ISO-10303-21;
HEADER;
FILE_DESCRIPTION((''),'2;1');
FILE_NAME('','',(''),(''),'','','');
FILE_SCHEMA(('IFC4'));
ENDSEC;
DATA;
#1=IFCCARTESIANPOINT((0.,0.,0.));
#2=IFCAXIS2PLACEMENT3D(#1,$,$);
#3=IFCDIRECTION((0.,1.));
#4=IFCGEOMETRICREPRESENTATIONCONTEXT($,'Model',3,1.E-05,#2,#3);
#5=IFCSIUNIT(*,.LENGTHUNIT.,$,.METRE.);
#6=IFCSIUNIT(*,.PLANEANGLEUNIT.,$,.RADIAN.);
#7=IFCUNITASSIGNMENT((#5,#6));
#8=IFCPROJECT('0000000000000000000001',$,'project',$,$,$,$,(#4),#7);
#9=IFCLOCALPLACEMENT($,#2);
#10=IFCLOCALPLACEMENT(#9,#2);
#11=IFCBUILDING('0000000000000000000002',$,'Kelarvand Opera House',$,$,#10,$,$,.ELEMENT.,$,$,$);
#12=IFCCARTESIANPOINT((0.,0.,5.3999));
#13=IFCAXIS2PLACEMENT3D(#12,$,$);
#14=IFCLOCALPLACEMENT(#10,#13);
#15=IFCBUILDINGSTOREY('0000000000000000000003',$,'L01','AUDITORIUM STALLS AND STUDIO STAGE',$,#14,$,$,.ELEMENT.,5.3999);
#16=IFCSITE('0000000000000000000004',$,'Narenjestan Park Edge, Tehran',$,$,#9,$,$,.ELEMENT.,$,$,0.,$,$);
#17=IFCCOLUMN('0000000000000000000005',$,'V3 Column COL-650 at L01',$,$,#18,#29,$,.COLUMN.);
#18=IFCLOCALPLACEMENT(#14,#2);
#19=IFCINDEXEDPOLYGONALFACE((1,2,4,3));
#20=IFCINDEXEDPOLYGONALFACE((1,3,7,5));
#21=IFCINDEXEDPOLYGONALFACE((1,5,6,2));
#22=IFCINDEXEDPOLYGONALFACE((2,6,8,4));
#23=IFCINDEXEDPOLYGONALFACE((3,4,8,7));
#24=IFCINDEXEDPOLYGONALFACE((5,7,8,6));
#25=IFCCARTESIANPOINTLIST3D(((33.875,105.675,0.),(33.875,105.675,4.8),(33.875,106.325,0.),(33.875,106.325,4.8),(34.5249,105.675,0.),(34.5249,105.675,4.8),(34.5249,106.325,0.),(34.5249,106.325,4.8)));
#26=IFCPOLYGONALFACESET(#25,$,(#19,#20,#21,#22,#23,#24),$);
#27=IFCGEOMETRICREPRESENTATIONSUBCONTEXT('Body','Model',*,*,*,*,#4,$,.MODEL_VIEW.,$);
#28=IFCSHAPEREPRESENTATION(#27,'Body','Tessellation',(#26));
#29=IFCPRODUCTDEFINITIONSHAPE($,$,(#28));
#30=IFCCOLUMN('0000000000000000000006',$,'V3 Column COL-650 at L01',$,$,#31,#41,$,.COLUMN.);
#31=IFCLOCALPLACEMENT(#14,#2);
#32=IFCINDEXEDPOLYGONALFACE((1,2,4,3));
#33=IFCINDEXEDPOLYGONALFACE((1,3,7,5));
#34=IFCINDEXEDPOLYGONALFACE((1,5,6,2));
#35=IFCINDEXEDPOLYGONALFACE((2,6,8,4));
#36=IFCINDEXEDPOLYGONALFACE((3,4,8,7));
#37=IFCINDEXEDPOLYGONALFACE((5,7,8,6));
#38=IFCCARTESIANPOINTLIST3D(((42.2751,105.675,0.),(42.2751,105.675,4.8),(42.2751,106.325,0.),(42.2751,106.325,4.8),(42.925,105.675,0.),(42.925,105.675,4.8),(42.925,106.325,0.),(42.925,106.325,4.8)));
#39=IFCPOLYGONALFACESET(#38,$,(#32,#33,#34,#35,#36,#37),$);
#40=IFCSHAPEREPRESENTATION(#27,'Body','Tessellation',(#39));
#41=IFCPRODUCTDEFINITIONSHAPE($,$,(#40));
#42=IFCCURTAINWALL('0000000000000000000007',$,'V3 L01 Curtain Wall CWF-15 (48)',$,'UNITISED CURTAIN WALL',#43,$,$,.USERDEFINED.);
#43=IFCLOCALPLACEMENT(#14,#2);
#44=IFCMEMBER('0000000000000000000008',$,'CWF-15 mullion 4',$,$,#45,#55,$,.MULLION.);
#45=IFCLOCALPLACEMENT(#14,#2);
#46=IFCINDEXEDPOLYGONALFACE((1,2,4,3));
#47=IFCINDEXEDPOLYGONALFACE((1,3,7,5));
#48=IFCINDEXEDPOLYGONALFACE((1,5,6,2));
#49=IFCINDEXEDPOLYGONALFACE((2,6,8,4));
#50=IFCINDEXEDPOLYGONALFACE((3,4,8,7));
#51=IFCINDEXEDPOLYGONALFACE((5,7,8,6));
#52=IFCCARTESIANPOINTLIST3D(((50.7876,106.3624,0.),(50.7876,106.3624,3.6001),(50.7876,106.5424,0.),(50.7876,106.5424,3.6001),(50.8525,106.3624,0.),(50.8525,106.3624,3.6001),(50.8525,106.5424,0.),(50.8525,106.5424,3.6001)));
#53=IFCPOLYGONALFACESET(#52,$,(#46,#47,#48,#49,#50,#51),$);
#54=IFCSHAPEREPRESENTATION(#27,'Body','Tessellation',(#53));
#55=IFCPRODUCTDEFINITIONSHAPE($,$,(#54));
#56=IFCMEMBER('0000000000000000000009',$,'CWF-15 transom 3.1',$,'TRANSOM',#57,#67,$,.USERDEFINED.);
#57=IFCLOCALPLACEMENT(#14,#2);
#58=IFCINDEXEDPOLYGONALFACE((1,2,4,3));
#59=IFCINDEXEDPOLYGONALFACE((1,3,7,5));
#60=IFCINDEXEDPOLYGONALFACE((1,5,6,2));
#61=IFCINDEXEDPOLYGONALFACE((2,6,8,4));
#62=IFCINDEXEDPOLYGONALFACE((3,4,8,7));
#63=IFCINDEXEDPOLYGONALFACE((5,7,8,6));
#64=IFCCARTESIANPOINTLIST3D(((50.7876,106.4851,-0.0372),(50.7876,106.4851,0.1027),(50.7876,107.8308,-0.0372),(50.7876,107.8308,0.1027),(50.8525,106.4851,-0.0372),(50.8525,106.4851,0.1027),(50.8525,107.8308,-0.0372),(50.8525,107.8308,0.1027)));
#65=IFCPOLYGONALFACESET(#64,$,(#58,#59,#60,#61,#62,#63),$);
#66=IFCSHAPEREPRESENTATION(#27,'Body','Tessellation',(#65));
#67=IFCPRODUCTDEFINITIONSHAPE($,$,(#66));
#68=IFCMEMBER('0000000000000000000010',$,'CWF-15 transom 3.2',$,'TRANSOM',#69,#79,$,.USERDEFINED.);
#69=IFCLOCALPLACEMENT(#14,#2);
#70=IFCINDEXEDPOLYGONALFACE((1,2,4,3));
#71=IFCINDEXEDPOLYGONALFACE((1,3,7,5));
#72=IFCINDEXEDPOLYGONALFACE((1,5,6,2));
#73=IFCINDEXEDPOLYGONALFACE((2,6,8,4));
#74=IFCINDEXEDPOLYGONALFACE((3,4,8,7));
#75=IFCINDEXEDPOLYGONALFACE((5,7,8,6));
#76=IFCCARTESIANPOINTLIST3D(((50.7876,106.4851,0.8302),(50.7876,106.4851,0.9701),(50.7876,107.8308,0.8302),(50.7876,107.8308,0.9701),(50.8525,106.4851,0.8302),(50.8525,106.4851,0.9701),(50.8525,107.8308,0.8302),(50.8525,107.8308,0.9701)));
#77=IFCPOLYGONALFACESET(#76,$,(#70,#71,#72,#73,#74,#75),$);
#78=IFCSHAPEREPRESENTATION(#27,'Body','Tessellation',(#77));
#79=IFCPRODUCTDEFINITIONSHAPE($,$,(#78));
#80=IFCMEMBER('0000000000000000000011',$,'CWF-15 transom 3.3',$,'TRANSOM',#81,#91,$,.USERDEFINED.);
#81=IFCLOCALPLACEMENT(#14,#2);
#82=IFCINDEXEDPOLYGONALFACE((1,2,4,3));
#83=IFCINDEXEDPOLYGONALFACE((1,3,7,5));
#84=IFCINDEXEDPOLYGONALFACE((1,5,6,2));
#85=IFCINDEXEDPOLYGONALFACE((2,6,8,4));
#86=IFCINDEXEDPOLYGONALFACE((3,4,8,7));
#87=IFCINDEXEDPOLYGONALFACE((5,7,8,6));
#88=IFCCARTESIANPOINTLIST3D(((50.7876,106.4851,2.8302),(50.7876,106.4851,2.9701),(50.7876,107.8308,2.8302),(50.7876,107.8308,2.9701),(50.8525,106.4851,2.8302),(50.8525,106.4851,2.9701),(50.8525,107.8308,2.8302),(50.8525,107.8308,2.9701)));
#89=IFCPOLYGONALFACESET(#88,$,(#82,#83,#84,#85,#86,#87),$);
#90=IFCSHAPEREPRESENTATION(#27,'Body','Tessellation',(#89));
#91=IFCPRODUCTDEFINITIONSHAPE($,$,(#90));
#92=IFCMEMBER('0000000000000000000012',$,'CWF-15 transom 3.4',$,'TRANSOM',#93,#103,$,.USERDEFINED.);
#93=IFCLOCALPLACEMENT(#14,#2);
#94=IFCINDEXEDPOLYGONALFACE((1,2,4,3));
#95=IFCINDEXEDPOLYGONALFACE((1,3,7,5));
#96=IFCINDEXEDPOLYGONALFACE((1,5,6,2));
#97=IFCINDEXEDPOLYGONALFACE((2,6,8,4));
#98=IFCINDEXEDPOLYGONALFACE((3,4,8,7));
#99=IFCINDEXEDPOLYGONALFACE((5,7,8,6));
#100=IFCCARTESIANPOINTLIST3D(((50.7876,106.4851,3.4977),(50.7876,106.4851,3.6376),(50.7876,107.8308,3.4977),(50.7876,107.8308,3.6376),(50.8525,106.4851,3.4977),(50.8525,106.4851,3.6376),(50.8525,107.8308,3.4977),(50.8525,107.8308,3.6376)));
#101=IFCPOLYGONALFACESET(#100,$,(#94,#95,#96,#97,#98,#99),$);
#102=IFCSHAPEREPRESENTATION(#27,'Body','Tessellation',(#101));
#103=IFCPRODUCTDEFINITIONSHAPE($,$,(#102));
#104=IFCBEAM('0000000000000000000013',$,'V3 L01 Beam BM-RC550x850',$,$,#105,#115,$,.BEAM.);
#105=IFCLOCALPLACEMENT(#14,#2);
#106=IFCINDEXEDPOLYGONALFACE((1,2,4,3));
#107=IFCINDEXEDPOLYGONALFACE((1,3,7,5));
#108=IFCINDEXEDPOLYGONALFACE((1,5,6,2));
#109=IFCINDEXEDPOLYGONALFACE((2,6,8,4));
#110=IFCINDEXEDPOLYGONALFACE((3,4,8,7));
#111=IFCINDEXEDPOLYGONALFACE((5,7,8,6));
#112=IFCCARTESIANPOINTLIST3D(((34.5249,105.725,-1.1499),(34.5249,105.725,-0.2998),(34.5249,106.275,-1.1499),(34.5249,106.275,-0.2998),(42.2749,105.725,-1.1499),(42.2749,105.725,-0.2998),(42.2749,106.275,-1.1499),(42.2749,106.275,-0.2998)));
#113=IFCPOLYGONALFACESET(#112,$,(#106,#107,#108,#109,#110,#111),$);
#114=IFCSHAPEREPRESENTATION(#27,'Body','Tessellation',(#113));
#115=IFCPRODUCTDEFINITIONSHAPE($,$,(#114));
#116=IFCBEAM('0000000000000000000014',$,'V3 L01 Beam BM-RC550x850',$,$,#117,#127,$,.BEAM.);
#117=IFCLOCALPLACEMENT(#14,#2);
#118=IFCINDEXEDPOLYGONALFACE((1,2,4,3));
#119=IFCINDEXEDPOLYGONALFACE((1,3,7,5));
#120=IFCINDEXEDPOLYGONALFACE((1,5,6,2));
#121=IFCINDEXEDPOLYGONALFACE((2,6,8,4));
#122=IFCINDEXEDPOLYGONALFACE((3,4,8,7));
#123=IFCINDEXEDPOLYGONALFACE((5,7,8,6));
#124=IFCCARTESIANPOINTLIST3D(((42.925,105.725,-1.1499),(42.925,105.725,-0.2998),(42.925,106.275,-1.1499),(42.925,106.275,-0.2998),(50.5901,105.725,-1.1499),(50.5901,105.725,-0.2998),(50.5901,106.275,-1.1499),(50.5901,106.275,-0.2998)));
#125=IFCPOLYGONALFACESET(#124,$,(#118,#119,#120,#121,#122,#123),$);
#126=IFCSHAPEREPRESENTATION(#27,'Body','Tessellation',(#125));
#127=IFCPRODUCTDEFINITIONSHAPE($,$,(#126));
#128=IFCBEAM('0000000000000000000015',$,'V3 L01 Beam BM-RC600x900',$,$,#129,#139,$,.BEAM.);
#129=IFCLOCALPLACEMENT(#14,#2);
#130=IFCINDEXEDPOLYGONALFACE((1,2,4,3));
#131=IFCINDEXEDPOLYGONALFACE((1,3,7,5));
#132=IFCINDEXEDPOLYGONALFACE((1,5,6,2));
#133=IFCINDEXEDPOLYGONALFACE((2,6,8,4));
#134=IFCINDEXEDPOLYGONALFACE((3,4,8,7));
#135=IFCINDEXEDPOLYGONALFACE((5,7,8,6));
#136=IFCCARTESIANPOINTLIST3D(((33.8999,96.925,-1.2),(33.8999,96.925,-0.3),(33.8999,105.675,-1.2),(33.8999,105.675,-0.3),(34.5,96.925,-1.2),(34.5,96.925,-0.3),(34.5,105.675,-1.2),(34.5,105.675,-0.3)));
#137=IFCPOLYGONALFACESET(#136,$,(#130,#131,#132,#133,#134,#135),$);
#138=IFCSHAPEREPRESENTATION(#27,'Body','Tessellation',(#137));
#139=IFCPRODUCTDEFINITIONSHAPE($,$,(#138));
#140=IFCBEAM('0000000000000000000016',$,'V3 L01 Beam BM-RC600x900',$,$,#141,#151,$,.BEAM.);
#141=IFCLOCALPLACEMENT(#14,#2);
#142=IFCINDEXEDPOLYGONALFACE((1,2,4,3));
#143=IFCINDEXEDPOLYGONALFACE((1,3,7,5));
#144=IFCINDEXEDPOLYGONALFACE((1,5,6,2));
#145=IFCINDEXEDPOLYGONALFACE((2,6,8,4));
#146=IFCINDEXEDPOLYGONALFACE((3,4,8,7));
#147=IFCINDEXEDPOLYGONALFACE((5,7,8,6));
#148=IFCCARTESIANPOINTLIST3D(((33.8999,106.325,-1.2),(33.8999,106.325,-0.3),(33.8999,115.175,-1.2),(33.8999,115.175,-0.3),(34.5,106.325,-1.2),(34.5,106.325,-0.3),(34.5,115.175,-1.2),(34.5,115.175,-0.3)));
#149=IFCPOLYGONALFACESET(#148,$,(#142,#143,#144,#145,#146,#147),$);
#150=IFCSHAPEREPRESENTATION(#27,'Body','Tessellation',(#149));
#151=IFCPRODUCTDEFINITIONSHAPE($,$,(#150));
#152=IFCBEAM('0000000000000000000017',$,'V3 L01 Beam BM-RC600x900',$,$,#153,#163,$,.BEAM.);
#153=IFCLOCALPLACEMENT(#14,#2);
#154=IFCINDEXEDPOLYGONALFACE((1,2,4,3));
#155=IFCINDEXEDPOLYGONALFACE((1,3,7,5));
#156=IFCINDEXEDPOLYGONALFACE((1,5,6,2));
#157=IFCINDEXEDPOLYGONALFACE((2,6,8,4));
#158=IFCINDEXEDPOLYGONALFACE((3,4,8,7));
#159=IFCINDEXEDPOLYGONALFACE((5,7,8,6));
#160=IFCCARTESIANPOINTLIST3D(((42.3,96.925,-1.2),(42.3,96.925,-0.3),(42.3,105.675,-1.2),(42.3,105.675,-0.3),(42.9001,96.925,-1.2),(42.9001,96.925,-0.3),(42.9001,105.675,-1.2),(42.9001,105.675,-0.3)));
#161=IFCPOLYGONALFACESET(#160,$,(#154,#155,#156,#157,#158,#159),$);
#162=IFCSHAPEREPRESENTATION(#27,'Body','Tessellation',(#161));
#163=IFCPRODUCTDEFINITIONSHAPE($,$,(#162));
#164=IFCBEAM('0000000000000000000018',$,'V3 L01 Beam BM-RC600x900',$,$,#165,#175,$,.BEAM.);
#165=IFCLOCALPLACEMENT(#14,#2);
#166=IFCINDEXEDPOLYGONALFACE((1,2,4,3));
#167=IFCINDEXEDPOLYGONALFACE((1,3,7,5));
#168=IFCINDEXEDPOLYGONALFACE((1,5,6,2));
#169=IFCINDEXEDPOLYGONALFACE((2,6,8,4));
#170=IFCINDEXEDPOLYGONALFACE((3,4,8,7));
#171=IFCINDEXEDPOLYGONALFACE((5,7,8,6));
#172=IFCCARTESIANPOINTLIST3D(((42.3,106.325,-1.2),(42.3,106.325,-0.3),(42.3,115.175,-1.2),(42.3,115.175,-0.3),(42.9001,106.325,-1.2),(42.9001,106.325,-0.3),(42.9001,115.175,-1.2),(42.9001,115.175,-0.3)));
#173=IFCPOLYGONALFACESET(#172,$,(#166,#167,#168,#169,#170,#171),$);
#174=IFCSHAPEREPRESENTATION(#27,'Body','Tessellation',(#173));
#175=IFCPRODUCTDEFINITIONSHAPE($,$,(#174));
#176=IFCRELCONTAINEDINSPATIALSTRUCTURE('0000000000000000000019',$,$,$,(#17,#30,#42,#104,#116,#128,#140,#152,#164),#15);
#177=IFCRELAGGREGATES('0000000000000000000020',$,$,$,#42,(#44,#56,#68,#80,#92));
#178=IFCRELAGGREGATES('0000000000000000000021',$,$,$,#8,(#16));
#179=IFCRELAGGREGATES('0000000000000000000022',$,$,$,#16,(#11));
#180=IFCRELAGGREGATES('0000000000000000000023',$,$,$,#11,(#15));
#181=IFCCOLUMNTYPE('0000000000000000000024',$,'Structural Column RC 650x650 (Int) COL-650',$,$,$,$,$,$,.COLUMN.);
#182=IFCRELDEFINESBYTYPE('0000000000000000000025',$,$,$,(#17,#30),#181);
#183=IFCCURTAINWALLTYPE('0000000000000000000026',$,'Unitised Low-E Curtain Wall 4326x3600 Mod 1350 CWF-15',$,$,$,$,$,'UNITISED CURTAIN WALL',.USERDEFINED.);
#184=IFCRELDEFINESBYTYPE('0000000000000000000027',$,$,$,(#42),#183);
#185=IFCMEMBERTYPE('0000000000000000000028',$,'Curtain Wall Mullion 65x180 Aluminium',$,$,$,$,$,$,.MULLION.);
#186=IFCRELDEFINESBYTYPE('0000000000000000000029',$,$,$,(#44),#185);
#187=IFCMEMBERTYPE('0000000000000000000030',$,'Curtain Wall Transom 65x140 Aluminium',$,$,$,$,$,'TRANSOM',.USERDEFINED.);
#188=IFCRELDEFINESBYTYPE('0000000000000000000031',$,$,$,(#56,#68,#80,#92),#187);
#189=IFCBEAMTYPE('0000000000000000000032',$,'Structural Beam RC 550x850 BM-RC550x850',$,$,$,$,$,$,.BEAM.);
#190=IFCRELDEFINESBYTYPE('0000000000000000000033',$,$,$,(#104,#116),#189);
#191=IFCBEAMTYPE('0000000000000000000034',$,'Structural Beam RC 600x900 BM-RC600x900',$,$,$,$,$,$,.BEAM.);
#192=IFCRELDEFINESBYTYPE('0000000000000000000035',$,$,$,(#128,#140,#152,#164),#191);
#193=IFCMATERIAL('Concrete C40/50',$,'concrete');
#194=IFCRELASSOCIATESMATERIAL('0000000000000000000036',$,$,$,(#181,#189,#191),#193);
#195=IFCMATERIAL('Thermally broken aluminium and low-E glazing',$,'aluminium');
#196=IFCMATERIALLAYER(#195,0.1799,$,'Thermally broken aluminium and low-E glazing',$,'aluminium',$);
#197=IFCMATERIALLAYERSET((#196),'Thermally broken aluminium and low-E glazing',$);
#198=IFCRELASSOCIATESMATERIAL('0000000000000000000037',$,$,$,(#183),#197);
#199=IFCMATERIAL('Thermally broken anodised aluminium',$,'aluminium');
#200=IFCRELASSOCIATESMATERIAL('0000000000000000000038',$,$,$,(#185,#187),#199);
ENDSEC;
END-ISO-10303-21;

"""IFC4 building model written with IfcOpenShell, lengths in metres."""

from ifc_helpers import new_model, si_unit, direction, frame, origin, origin_2d, place, context, subcontext, project, spatial, rectangle, extrude, material, layer, layer_set, material_profile, profile_set, type_object, element, aggregate, save


model = new_model("IFC4")

# Units and contexts
model_context = context("Model", 3, precision=1e-05, world=origin(), true_north=direction((0.0, 1.0)))
body_context = subcontext(model_context, "Body", "Model", "MODEL_VIEW")
ifc_project = project(units=[si_unit("LENGTHUNIT", "METRE"), si_unit("PLANEANGLEUNIT", "RADIAN")], contexts=[model_context])

# Site, building, storey
site_placement = place(None, origin())
site = spatial("IfcSite", under=ifc_project, at=site_placement, Name="Narenjestan Park Edge, Tehran", CompositionType="ELEMENT", RefElevation=0.0)
building_placement = place(site_placement, origin())
building = spatial("IfcBuilding", under=site, at=building_placement, Name="Kelarvand Opera House", CompositionType="ELEMENT")
storey_placement = place(building_placement, frame((0.0, 0.0, 5.3999)))
storey = spatial("IfcBuildingStorey", under=building, at=storey_placement, Name="L01", Description="AUDITORIUM STALLS AND STUDIO STAGE", CompositionType="ELEMENT", Elevation=5.3999)

# Columns
ifc_material_1 = material(Name="Concrete C40/50", Category="concrete")
ifc_material_profile_1 = material_profile(ifc_material_1, rectangle(XDim=0.6499, YDim=0.6499, at=origin_2d()), Name="RC 650x650", Category="concrete")
ifc_profile_set_1 = profile_set([ifc_material_profile_1], Name="Concrete C40/50")
column_type = type_object("IfcColumnType", Name="Structural Column RC 650x650 (Int) COL-650", PredefinedType="COLUMN", material=ifc_profile_set_1)
for number, where, z_axis, x_axis, name in (
    (1, (34.2, 106.0, 0.0), (0.0, 0.0, 1.0), (1.0, 0.0, 0.0), "V3 Column COL-650 at L01"),
    (2, (42.6001, 106.0, 0.0), (0.0, 0.0, 1.0), (1.0, 0.0, 0.0), "V3 Column COL-650 at L01"),
):
    element("IfcColumn", number, at=place(storey_placement, frame(where, z_axis=z_axis, x_axis=x_axis)), inside=storey, type_object=column_type, Name=name, PredefinedType="COLUMN", context=body_context, shape_type="SweptSolid", body=[
        extrude(rectangle(XDim=0.6499, YDim=0.6499, at=origin_2d()), origin(), (0.0, 0.0, 1.0), 4.8),
    ])

# Curtain wall, members
ifc_material_2 = material(Name="Thermally broken aluminium and low-E glazing", Category="aluminium")
ifc_layer_1 = layer(ifc_material_2, 0.1799, Name="Thermally broken aluminium and low-E glazing", Category="aluminium")
ifc_layer_set_1 = layer_set([ifc_layer_1], Name="Thermally broken aluminium and low-E glazing")
curtain_wall_type = type_object("IfcCurtainWallType", Name="Unitised Low-E Curtain Wall 4326x3600 Mod 1350 CWF-15", ElementType="UNITISED CURTAIN WALL", PredefinedType="USERDEFINED", material=ifc_layer_set_1)
curtain_wall_placement = place(storey_placement, origin())
curtain_wall = element("IfcCurtainWall", 3, at=curtain_wall_placement, inside=storey, type_object=curtain_wall_type, Name="V3 L01 Curtain Wall CWF-15 (48)", ObjectType="UNITISED CURTAIN WALL", PredefinedType="USERDEFINED")
ifc_material_3 = material(Name="Thermally broken anodised aluminium", Category="aluminium")
ifc_material_profile_2 = material_profile(ifc_material_3, rectangle(XDim=0.0649, YDim=0.1799, at=origin_2d()), Name="ALU MULLION 65x180", Category="aluminium")
ifc_profile_set_2 = profile_set([ifc_material_profile_2], Name="Thermally broken anodised aluminium")
member_type_1 = type_object("IfcMemberType", Name="Curtain Wall Mullion 65x180 Aluminium", PredefinedType="MULLION", material=ifc_profile_set_2)
member_1_placement = place(storey_placement, frame((50.8201, 106.4524, 0.0), z_axis=(0.0, 0.0, 1.0), x_axis=(1.0, 0.0, 0.0)))
member_1 = element("IfcMember", 4, at=member_1_placement, type_object=member_type_1, Name="CWF-15 mullion 4", PredefinedType="MULLION", context=body_context, shape_type="SweptSolid", body=[
    extrude(rectangle(XDim=0.0649, YDim=0.1799, at=origin_2d()), origin(), (0.0, 0.0, 1.0), 3.6001),
])
ifc_material_profile_3 = material_profile(ifc_material_3, rectangle(XDim=0.0649, YDim=0.1399, at=origin_2d()), Name="ALU TRANSOM 65x140", Category="aluminium")
ifc_profile_set_3 = profile_set([ifc_material_profile_3], Name="Thermally broken anodised aluminium")
member_type_2 = type_object("IfcMemberType", Name="Curtain Wall Transom 65x140 Aluminium", ElementType="TRANSOM", PredefinedType="USERDEFINED", material=ifc_profile_set_3)
member_2_placement = place(storey_placement, frame((50.8201, 107.8308, 0.0327), z_axis=(0.0, -1.0, 0.0), x_axis=(1.0, 0.0, 0.0)))
member_2 = element("IfcMember", 5, at=member_2_placement, type_object=member_type_2, Name="CWF-15 transom 3.1", ObjectType="TRANSOM", PredefinedType="USERDEFINED", context=body_context, shape_type="SweptSolid", body=[
    extrude(rectangle(XDim=0.0649, YDim=0.1399, at=origin_2d()), origin(), (0.0, 0.0, 1.0), 1.3457),
])
member_3_placement = place(storey_placement, frame((50.8201, 107.8308, 0.9001), z_axis=(0.0, -1.0, 0.0), x_axis=(1.0, 0.0, 0.0)))
member_3 = element("IfcMember", 6, at=member_3_placement, type_object=member_type_2, Name="CWF-15 transom 3.2", ObjectType="TRANSOM", PredefinedType="USERDEFINED", context=body_context, shape_type="SweptSolid", body=[
    extrude(rectangle(XDim=0.0649, YDim=0.1399, at=origin_2d()), origin(), (0.0, 0.0, 1.0), 1.3457),
])
member_4_placement = place(storey_placement, frame((50.8201, 107.8308, 2.9001), z_axis=(0.0, -1.0, 0.0), x_axis=(1.0, 0.0, 0.0)))
member_4 = element("IfcMember", 7, at=member_4_placement, type_object=member_type_2, Name="CWF-15 transom 3.3", ObjectType="TRANSOM", PredefinedType="USERDEFINED", context=body_context, shape_type="SweptSolid", body=[
    extrude(rectangle(XDim=0.0649, YDim=0.1399, at=origin_2d()), origin(), (0.0, 0.0, 1.0), 1.3457),
])
member_5_placement = place(storey_placement, frame((50.8201, 107.8308, 3.5676), z_axis=(0.0, -1.0, 0.0), x_axis=(1.0, 0.0, 0.0)))
member_5 = element("IfcMember", 8, at=member_5_placement, type_object=member_type_2, Name="CWF-15 transom 3.4", ObjectType="TRANSOM", PredefinedType="USERDEFINED", context=body_context, shape_type="SweptSolid", body=[
    extrude(rectangle(XDim=0.0649, YDim=0.1399, at=origin_2d()), origin(), (0.0, 0.0, 1.0), 1.3457),
])

# Beams
ifc_material_profile_4 = material_profile(ifc_material_1, rectangle(XDim=0.55, YDim=0.8501, at=origin_2d()), Name="RC 550x850", Category="concrete")
ifc_profile_set_4 = profile_set([ifc_material_profile_4], Name="Concrete C40/50")
beam_type_1 = type_object("IfcBeamType", Name="Structural Beam RC 550x850 BM-RC550x850", PredefinedType="BEAM", material=ifc_profile_set_4)
beam_1_placement = place(storey_placement, frame((34.5249, 106.0, -0.7249), z_axis=(1.0, 0.0, 0.0), x_axis=(0.0, 1.0, 0.0)))
element("IfcBeam", 9, at=beam_1_placement, inside=storey, type_object=beam_type_1, Name="V3 L01 Beam BM-RC550x850", PredefinedType="BEAM", context=body_context, shape_type="SweptSolid", body=[
    extrude(rectangle(XDim=0.55, YDim=0.8501, at=origin_2d()), origin(), (0.0, 0.0, 1.0), 7.75),
])
beam_2_placement = place(storey_placement, frame((42.925, 106.0, -0.7249), z_axis=(1.0, 0.0, 0.0), x_axis=(0.0, 1.0, 0.0)))
element("IfcBeam", 10, at=beam_2_placement, inside=storey, type_object=beam_type_1, Name="V3 L01 Beam BM-RC550x850", PredefinedType="BEAM", context=body_context, shape_type="SweptSolid", body=[
    extrude(rectangle(XDim=0.55, YDim=0.8501, at=origin_2d()), origin(), (0.0, 0.0, 1.0), 7.665),
])
ifc_material_profile_5 = material_profile(ifc_material_1, rectangle(XDim=0.6001, YDim=0.8999, at=origin_2d()), Name="RC 600x900", Category="concrete")
ifc_profile_set_5 = profile_set([ifc_material_profile_5], Name="Concrete C40/50")
beam_type_2 = type_object("IfcBeamType", Name="Structural Beam RC 600x900 BM-RC600x900", PredefinedType="BEAM", material=ifc_profile_set_5)
beam_3_placement = place(storey_placement, frame((34.2, 96.925, -0.75), z_axis=(0.0, 1.0, 0.0), x_axis=(-1.0, 0.0, 0.0)))
element("IfcBeam", 11, at=beam_3_placement, inside=storey, type_object=beam_type_2, Name="V3 L01 Beam BM-RC600x900", PredefinedType="BEAM", context=body_context, shape_type="SweptSolid", body=[
    extrude(rectangle(XDim=0.6001, YDim=0.8999, at=origin_2d()), origin(), (0.0, 0.0, 1.0), 8.75),
])
beam_4_placement = place(storey_placement, frame((34.2, 106.325, -0.75), z_axis=(0.0, 1.0, 0.0), x_axis=(-1.0, 0.0, 0.0)))
element("IfcBeam", 12, at=beam_4_placement, inside=storey, type_object=beam_type_2, Name="V3 L01 Beam BM-RC600x900", PredefinedType="BEAM", context=body_context, shape_type="SweptSolid", body=[
    extrude(rectangle(XDim=0.6001, YDim=0.8999, at=origin_2d()), origin(), (0.0, 0.0, 1.0), 8.8501),
])
beam_5_placement = place(storey_placement, frame((42.6001, 96.925, -0.75), z_axis=(0.0, 1.0, 0.0), x_axis=(-1.0, 0.0, 0.0)))
element("IfcBeam", 13, at=beam_5_placement, inside=storey, type_object=beam_type_2, Name="V3 L01 Beam BM-RC600x900", PredefinedType="BEAM", context=body_context, shape_type="SweptSolid", body=[
    extrude(rectangle(XDim=0.6001, YDim=0.8999, at=origin_2d()), origin(), (0.0, 0.0, 1.0), 8.75),
])
beam_6_placement = place(storey_placement, frame((42.6001, 106.325, -0.75), z_axis=(0.0, 1.0, 0.0), x_axis=(-1.0, 0.0, 0.0)))
element("IfcBeam", 14, at=beam_6_placement, inside=storey, type_object=beam_type_2, Name="V3 L01 Beam BM-RC600x900", PredefinedType="BEAM", context=body_context, shape_type="SweptSolid", body=[
    extrude(rectangle(XDim=0.6001, YDim=0.8999, at=origin_2d()), origin(), (0.0, 0.0, 1.0), 8.8501),
])

aggregate(curtain_wall, [member_1, member_2, member_3, member_4, member_5])

save(model, "model.ifc")
